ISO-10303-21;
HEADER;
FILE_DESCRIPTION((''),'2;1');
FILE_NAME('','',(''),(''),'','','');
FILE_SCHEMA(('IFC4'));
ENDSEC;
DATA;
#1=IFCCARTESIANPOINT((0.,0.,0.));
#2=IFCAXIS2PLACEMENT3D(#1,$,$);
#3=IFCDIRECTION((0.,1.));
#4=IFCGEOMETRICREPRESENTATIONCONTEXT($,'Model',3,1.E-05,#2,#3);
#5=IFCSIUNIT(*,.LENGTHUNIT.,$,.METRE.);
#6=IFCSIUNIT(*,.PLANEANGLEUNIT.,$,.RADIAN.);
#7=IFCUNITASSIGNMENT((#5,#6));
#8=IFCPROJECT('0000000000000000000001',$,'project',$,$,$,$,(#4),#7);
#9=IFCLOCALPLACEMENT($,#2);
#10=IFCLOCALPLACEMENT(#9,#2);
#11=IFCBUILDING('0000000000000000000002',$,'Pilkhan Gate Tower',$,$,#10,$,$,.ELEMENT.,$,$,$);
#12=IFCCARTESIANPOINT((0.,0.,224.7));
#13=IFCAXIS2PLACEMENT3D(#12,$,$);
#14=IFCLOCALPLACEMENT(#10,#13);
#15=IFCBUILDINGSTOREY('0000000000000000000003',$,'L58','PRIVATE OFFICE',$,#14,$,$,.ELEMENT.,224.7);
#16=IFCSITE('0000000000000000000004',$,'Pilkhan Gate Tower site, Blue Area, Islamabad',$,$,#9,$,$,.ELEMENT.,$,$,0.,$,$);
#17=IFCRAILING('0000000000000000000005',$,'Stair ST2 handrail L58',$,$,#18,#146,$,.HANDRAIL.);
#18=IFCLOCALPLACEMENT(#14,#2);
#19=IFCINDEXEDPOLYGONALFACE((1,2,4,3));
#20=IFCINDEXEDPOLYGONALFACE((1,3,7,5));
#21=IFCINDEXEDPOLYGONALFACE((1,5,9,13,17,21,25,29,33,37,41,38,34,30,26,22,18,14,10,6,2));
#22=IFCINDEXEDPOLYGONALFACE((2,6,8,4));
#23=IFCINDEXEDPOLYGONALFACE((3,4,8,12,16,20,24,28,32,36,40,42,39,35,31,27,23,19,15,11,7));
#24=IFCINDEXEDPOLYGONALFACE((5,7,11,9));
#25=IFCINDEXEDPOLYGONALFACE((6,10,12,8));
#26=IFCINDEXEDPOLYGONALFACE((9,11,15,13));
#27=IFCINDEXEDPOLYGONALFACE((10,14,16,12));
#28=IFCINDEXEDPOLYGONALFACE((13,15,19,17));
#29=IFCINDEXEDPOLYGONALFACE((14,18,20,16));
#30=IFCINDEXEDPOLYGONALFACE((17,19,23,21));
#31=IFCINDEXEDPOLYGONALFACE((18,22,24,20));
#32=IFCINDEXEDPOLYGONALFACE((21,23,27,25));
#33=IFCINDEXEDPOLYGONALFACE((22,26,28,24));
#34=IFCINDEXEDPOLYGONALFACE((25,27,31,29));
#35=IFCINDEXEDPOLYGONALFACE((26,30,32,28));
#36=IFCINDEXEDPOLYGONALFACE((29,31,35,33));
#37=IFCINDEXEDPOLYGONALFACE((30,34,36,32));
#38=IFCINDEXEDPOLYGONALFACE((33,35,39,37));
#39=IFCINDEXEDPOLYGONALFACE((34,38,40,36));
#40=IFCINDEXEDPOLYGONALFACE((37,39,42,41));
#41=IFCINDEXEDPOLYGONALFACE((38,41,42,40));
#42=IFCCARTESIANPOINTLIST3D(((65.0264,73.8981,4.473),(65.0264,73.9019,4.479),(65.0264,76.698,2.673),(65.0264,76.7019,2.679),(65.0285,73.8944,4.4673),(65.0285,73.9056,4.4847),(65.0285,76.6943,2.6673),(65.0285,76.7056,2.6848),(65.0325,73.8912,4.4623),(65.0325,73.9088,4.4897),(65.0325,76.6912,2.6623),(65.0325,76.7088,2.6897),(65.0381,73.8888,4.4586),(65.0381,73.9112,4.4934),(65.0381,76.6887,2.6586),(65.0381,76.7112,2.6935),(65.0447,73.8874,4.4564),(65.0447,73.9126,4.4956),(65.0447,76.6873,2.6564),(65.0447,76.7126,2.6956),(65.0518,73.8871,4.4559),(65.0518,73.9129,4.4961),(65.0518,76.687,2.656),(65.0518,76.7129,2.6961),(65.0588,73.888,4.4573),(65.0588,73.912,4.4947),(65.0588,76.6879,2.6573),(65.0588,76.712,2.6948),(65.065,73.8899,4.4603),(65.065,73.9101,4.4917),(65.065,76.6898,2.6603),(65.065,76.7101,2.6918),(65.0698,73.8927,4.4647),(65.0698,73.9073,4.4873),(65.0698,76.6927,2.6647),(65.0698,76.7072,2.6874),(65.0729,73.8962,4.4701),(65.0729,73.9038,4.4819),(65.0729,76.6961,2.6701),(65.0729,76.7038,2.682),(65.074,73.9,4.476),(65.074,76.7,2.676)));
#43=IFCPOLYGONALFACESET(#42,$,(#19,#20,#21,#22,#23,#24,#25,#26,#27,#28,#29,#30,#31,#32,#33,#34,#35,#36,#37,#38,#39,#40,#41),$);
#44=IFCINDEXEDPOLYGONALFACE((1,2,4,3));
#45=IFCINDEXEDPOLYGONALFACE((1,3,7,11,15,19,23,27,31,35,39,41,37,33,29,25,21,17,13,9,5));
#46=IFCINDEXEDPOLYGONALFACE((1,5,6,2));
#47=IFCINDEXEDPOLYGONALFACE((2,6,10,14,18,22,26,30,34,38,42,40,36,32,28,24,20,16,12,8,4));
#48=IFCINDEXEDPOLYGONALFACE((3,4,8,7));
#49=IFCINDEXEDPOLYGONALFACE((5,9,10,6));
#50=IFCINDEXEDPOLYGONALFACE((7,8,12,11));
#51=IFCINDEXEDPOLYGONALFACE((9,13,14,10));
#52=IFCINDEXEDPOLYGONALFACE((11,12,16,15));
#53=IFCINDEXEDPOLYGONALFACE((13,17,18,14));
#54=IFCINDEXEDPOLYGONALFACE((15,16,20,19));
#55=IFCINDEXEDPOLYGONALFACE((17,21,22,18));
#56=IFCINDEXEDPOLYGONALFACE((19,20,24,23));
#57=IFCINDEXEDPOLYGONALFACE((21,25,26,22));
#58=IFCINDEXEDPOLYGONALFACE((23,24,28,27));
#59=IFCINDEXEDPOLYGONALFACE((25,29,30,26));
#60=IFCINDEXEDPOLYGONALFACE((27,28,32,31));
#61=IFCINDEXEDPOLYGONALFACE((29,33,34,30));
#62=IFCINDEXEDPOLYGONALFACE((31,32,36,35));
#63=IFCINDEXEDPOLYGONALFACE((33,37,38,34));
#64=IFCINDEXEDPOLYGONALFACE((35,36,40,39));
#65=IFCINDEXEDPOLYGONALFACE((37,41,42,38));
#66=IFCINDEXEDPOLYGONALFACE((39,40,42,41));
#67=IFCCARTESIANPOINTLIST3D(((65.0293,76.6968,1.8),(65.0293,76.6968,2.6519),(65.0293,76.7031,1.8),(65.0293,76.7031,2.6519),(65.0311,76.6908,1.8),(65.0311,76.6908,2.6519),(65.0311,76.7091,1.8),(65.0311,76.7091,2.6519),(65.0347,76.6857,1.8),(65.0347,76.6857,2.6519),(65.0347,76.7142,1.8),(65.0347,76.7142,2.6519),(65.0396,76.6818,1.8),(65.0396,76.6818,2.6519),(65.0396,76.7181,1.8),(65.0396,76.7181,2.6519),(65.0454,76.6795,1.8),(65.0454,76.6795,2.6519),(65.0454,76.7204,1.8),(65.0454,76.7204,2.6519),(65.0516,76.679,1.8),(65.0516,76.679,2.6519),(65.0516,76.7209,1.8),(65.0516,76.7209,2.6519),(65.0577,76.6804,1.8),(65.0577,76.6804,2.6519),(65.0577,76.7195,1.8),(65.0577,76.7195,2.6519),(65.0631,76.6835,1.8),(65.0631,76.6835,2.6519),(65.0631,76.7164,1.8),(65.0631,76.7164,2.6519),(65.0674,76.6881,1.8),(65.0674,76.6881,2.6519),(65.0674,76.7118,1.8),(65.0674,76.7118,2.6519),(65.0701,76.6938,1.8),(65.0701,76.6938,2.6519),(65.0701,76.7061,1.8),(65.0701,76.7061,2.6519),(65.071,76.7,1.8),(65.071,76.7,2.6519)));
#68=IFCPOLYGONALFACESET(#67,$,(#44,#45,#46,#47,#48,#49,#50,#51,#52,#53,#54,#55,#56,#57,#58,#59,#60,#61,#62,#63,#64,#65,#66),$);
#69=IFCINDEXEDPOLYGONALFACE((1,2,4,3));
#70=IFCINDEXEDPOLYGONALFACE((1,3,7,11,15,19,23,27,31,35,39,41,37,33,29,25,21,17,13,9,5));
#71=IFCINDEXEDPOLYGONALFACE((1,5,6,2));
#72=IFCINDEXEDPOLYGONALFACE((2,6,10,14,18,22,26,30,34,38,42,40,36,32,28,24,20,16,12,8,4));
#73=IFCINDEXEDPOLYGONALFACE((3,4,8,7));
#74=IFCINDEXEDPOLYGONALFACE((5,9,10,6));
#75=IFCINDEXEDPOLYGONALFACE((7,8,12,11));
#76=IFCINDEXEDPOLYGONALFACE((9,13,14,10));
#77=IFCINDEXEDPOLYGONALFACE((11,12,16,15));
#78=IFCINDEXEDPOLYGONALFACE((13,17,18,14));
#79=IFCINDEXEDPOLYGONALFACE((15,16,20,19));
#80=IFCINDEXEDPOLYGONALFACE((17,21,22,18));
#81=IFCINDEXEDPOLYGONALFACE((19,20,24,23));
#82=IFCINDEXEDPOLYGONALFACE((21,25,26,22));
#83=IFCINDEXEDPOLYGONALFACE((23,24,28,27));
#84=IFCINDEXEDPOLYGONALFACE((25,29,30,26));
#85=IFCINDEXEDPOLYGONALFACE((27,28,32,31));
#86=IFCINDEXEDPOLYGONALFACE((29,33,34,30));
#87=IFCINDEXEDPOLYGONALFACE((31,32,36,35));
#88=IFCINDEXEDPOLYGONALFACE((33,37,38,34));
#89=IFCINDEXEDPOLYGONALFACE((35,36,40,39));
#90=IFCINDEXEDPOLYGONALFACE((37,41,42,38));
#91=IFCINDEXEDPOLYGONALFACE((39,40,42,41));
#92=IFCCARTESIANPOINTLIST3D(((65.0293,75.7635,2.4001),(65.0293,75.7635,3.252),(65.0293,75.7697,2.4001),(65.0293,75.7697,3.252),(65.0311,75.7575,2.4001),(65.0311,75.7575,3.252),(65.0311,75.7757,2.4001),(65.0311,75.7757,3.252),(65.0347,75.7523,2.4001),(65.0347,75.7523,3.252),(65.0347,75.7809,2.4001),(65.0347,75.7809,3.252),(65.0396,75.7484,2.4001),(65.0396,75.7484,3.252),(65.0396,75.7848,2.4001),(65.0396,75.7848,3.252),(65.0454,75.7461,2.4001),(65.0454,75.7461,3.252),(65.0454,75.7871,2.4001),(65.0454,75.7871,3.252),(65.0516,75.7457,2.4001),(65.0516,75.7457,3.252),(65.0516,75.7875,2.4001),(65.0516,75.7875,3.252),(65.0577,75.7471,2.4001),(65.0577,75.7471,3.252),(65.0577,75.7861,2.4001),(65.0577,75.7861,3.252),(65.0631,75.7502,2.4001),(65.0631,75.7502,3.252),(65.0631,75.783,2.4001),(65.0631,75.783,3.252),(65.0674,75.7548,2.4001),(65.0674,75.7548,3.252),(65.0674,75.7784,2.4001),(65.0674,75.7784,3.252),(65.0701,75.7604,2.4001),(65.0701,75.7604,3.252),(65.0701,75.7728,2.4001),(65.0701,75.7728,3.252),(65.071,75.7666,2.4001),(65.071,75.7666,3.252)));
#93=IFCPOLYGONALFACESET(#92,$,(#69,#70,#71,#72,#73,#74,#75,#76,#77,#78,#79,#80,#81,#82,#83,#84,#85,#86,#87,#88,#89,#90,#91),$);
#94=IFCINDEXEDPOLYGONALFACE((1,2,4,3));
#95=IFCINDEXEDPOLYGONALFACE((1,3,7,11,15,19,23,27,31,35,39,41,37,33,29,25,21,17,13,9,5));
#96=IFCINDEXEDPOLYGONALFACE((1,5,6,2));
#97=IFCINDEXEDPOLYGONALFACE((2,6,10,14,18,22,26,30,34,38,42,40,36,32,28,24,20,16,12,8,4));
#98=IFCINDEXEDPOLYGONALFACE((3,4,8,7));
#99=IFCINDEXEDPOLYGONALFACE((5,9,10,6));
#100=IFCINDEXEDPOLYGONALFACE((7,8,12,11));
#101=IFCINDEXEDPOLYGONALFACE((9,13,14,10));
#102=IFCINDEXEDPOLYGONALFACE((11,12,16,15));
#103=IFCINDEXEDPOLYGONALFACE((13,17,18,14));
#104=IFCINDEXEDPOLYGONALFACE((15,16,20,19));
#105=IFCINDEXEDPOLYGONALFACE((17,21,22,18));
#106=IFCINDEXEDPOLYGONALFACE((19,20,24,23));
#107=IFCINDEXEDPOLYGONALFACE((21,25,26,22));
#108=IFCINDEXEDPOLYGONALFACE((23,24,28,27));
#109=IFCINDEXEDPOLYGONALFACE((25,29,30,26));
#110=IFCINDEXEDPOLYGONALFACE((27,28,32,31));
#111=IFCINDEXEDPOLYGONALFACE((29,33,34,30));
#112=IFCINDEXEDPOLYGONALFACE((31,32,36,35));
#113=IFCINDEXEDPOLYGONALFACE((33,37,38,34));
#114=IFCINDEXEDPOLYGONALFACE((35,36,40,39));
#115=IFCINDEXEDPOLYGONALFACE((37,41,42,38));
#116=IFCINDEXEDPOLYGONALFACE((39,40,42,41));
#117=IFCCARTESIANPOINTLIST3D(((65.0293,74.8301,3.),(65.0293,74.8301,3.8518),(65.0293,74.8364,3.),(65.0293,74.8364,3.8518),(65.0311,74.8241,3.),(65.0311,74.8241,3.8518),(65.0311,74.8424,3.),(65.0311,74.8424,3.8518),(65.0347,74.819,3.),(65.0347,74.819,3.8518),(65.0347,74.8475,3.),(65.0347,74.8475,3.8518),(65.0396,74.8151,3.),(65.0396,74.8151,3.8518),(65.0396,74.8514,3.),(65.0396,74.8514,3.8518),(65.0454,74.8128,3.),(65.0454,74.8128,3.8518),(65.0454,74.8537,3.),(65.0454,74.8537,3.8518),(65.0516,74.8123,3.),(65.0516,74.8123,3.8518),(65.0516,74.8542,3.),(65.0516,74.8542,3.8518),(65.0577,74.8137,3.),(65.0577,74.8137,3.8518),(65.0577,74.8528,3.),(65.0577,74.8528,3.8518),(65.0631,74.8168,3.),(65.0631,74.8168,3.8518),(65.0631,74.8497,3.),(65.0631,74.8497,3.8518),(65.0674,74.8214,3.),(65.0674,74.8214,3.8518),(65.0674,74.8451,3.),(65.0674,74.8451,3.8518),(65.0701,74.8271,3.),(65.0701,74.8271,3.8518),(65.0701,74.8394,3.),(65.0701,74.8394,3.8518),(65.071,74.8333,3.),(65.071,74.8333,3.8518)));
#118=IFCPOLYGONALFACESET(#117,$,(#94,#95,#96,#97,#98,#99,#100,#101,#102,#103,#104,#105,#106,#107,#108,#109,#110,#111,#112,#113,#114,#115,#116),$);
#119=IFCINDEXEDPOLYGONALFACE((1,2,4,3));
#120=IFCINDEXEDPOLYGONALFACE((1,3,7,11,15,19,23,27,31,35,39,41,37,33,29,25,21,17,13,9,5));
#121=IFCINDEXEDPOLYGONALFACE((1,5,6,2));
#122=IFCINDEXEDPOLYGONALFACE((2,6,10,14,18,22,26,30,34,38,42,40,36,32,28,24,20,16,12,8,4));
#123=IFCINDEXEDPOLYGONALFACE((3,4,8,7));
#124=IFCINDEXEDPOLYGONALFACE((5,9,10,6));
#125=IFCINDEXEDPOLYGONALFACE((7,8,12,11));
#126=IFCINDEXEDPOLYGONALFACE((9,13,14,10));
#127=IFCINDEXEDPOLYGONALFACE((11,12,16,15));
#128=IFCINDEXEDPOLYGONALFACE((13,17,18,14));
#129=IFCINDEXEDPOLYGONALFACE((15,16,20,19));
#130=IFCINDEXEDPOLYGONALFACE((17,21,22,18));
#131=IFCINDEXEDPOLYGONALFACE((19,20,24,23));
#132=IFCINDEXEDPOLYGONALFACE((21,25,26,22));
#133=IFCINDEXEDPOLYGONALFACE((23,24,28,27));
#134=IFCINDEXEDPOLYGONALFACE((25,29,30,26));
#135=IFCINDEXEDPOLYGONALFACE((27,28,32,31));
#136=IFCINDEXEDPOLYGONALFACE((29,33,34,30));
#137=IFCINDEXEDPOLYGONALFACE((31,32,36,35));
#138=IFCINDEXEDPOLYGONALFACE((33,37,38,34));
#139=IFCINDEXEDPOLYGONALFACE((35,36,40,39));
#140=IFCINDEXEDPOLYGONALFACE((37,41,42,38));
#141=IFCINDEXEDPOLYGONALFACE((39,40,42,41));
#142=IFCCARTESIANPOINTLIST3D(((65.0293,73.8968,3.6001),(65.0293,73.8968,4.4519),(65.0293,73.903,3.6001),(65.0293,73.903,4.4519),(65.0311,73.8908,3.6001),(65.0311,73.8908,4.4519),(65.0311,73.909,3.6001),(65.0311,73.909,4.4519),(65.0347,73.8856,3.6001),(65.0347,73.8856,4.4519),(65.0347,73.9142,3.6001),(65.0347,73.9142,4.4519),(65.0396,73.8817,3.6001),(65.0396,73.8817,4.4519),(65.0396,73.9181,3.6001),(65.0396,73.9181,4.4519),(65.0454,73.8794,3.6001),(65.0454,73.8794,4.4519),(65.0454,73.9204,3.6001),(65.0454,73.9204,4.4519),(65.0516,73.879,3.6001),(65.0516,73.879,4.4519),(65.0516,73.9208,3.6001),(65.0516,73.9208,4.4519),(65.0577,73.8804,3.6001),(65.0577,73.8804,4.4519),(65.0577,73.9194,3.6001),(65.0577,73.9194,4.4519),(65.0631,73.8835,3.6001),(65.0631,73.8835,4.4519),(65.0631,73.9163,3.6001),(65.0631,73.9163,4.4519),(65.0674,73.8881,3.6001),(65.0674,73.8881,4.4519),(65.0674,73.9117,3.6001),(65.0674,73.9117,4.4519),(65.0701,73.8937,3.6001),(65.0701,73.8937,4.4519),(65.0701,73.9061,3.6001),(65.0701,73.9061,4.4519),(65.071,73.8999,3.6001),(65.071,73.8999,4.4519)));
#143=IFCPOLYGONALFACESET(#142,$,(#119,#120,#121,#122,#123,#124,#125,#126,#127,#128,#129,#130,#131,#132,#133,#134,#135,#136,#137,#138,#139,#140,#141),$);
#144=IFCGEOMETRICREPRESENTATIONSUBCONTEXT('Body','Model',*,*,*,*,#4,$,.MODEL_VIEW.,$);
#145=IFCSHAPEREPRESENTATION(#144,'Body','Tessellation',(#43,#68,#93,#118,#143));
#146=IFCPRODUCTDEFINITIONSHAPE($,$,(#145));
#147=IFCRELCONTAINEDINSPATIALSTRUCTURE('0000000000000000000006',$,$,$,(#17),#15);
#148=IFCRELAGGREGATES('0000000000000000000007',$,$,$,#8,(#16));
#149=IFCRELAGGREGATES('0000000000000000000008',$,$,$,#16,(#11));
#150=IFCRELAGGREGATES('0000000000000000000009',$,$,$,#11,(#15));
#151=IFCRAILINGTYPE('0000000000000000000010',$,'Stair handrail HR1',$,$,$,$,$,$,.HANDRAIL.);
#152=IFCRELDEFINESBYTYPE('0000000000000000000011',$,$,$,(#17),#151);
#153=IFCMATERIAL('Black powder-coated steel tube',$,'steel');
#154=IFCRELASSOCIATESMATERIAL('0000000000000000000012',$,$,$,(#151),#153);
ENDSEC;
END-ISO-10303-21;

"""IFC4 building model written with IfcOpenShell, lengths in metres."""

from ifc_helpers import new_model, si_unit, direction, frame, origin, origin_2d, place, context, subcontext, project, spatial, circle, extrude, material, type_object, element, save


model = new_model("IFC4")

# Units and contexts
model_context = context("Model", 3, precision=1e-05, world=origin(), true_north=direction((0.0, 1.0)))
body_context = subcontext(model_context, "Body", "Model", "MODEL_VIEW")
ifc_project = project(units=[si_unit("LENGTHUNIT", "METRE"), si_unit("PLANEANGLEUNIT", "RADIAN")], contexts=[model_context])

# Site, building, storey
site_placement = place(None, origin())
site = spatial("IfcSite", under=ifc_project, at=site_placement, Name="Pilkhan Gate Tower site, Blue Area, Islamabad", CompositionType="ELEMENT", RefElevation=0.0)
building_placement = place(site_placement, origin())
building = spatial("IfcBuilding", under=site, at=building_placement, Name="Pilkhan Gate Tower", CompositionType="ELEMENT")
storey_placement = place(building_placement, frame((0.0, 0.0, 224.7)))
storey = spatial("IfcBuildingStorey", under=building, at=storey_placement, Name="L58", Description="PRIVATE OFFICE", CompositionType="ELEMENT", Elevation=224.7)

# Railing
ifc_material_1 = material(Name="Black powder-coated steel tube", Category="steel")
railing_type = type_object("IfcRailingType", Name="Stair handrail HR1", PredefinedType="HANDRAIL", material=ifc_material_1)
railing_placement = place(storey_placement, frame((65.05, 76.7, 1.8)))
element("IfcRailing", 1, at=railing_placement, inside=storey, type_object=railing_type, Name="Stair ST2 handrail L58", PredefinedType="HANDRAIL", context=body_context, shape_type="SweptSolid", body=[
    extrude(circle(Radius=0.0239, at=origin_2d()), frame((0.0, 0.0, 0.876), z_axis=(0.0, -0.841176, 0.540761), x_axis=(1.0, 0.0, 0.0)), (0.0, 0.0, 1.0), 3.3286),
    extrude(circle(Radius=0.021, at=origin_2d()), origin(), (0.0, 0.0, 1.0), 0.8518),
    extrude(circle(Radius=0.021, at=origin_2d()), frame((0.0, -0.9333, 0.6001)), (0.0, 0.0, 1.0), 0.8518),
    extrude(circle(Radius=0.021, at=origin_2d()), frame((0.0, -1.8667, 1.2)), (0.0, 0.0, 1.0), 0.8518),
    extrude(circle(Radius=0.021, at=origin_2d()), frame((0.0, -2.8, 1.8)), (0.0, 0.0, 1.0), 0.8518),
])

save(model, "model.ifc")
